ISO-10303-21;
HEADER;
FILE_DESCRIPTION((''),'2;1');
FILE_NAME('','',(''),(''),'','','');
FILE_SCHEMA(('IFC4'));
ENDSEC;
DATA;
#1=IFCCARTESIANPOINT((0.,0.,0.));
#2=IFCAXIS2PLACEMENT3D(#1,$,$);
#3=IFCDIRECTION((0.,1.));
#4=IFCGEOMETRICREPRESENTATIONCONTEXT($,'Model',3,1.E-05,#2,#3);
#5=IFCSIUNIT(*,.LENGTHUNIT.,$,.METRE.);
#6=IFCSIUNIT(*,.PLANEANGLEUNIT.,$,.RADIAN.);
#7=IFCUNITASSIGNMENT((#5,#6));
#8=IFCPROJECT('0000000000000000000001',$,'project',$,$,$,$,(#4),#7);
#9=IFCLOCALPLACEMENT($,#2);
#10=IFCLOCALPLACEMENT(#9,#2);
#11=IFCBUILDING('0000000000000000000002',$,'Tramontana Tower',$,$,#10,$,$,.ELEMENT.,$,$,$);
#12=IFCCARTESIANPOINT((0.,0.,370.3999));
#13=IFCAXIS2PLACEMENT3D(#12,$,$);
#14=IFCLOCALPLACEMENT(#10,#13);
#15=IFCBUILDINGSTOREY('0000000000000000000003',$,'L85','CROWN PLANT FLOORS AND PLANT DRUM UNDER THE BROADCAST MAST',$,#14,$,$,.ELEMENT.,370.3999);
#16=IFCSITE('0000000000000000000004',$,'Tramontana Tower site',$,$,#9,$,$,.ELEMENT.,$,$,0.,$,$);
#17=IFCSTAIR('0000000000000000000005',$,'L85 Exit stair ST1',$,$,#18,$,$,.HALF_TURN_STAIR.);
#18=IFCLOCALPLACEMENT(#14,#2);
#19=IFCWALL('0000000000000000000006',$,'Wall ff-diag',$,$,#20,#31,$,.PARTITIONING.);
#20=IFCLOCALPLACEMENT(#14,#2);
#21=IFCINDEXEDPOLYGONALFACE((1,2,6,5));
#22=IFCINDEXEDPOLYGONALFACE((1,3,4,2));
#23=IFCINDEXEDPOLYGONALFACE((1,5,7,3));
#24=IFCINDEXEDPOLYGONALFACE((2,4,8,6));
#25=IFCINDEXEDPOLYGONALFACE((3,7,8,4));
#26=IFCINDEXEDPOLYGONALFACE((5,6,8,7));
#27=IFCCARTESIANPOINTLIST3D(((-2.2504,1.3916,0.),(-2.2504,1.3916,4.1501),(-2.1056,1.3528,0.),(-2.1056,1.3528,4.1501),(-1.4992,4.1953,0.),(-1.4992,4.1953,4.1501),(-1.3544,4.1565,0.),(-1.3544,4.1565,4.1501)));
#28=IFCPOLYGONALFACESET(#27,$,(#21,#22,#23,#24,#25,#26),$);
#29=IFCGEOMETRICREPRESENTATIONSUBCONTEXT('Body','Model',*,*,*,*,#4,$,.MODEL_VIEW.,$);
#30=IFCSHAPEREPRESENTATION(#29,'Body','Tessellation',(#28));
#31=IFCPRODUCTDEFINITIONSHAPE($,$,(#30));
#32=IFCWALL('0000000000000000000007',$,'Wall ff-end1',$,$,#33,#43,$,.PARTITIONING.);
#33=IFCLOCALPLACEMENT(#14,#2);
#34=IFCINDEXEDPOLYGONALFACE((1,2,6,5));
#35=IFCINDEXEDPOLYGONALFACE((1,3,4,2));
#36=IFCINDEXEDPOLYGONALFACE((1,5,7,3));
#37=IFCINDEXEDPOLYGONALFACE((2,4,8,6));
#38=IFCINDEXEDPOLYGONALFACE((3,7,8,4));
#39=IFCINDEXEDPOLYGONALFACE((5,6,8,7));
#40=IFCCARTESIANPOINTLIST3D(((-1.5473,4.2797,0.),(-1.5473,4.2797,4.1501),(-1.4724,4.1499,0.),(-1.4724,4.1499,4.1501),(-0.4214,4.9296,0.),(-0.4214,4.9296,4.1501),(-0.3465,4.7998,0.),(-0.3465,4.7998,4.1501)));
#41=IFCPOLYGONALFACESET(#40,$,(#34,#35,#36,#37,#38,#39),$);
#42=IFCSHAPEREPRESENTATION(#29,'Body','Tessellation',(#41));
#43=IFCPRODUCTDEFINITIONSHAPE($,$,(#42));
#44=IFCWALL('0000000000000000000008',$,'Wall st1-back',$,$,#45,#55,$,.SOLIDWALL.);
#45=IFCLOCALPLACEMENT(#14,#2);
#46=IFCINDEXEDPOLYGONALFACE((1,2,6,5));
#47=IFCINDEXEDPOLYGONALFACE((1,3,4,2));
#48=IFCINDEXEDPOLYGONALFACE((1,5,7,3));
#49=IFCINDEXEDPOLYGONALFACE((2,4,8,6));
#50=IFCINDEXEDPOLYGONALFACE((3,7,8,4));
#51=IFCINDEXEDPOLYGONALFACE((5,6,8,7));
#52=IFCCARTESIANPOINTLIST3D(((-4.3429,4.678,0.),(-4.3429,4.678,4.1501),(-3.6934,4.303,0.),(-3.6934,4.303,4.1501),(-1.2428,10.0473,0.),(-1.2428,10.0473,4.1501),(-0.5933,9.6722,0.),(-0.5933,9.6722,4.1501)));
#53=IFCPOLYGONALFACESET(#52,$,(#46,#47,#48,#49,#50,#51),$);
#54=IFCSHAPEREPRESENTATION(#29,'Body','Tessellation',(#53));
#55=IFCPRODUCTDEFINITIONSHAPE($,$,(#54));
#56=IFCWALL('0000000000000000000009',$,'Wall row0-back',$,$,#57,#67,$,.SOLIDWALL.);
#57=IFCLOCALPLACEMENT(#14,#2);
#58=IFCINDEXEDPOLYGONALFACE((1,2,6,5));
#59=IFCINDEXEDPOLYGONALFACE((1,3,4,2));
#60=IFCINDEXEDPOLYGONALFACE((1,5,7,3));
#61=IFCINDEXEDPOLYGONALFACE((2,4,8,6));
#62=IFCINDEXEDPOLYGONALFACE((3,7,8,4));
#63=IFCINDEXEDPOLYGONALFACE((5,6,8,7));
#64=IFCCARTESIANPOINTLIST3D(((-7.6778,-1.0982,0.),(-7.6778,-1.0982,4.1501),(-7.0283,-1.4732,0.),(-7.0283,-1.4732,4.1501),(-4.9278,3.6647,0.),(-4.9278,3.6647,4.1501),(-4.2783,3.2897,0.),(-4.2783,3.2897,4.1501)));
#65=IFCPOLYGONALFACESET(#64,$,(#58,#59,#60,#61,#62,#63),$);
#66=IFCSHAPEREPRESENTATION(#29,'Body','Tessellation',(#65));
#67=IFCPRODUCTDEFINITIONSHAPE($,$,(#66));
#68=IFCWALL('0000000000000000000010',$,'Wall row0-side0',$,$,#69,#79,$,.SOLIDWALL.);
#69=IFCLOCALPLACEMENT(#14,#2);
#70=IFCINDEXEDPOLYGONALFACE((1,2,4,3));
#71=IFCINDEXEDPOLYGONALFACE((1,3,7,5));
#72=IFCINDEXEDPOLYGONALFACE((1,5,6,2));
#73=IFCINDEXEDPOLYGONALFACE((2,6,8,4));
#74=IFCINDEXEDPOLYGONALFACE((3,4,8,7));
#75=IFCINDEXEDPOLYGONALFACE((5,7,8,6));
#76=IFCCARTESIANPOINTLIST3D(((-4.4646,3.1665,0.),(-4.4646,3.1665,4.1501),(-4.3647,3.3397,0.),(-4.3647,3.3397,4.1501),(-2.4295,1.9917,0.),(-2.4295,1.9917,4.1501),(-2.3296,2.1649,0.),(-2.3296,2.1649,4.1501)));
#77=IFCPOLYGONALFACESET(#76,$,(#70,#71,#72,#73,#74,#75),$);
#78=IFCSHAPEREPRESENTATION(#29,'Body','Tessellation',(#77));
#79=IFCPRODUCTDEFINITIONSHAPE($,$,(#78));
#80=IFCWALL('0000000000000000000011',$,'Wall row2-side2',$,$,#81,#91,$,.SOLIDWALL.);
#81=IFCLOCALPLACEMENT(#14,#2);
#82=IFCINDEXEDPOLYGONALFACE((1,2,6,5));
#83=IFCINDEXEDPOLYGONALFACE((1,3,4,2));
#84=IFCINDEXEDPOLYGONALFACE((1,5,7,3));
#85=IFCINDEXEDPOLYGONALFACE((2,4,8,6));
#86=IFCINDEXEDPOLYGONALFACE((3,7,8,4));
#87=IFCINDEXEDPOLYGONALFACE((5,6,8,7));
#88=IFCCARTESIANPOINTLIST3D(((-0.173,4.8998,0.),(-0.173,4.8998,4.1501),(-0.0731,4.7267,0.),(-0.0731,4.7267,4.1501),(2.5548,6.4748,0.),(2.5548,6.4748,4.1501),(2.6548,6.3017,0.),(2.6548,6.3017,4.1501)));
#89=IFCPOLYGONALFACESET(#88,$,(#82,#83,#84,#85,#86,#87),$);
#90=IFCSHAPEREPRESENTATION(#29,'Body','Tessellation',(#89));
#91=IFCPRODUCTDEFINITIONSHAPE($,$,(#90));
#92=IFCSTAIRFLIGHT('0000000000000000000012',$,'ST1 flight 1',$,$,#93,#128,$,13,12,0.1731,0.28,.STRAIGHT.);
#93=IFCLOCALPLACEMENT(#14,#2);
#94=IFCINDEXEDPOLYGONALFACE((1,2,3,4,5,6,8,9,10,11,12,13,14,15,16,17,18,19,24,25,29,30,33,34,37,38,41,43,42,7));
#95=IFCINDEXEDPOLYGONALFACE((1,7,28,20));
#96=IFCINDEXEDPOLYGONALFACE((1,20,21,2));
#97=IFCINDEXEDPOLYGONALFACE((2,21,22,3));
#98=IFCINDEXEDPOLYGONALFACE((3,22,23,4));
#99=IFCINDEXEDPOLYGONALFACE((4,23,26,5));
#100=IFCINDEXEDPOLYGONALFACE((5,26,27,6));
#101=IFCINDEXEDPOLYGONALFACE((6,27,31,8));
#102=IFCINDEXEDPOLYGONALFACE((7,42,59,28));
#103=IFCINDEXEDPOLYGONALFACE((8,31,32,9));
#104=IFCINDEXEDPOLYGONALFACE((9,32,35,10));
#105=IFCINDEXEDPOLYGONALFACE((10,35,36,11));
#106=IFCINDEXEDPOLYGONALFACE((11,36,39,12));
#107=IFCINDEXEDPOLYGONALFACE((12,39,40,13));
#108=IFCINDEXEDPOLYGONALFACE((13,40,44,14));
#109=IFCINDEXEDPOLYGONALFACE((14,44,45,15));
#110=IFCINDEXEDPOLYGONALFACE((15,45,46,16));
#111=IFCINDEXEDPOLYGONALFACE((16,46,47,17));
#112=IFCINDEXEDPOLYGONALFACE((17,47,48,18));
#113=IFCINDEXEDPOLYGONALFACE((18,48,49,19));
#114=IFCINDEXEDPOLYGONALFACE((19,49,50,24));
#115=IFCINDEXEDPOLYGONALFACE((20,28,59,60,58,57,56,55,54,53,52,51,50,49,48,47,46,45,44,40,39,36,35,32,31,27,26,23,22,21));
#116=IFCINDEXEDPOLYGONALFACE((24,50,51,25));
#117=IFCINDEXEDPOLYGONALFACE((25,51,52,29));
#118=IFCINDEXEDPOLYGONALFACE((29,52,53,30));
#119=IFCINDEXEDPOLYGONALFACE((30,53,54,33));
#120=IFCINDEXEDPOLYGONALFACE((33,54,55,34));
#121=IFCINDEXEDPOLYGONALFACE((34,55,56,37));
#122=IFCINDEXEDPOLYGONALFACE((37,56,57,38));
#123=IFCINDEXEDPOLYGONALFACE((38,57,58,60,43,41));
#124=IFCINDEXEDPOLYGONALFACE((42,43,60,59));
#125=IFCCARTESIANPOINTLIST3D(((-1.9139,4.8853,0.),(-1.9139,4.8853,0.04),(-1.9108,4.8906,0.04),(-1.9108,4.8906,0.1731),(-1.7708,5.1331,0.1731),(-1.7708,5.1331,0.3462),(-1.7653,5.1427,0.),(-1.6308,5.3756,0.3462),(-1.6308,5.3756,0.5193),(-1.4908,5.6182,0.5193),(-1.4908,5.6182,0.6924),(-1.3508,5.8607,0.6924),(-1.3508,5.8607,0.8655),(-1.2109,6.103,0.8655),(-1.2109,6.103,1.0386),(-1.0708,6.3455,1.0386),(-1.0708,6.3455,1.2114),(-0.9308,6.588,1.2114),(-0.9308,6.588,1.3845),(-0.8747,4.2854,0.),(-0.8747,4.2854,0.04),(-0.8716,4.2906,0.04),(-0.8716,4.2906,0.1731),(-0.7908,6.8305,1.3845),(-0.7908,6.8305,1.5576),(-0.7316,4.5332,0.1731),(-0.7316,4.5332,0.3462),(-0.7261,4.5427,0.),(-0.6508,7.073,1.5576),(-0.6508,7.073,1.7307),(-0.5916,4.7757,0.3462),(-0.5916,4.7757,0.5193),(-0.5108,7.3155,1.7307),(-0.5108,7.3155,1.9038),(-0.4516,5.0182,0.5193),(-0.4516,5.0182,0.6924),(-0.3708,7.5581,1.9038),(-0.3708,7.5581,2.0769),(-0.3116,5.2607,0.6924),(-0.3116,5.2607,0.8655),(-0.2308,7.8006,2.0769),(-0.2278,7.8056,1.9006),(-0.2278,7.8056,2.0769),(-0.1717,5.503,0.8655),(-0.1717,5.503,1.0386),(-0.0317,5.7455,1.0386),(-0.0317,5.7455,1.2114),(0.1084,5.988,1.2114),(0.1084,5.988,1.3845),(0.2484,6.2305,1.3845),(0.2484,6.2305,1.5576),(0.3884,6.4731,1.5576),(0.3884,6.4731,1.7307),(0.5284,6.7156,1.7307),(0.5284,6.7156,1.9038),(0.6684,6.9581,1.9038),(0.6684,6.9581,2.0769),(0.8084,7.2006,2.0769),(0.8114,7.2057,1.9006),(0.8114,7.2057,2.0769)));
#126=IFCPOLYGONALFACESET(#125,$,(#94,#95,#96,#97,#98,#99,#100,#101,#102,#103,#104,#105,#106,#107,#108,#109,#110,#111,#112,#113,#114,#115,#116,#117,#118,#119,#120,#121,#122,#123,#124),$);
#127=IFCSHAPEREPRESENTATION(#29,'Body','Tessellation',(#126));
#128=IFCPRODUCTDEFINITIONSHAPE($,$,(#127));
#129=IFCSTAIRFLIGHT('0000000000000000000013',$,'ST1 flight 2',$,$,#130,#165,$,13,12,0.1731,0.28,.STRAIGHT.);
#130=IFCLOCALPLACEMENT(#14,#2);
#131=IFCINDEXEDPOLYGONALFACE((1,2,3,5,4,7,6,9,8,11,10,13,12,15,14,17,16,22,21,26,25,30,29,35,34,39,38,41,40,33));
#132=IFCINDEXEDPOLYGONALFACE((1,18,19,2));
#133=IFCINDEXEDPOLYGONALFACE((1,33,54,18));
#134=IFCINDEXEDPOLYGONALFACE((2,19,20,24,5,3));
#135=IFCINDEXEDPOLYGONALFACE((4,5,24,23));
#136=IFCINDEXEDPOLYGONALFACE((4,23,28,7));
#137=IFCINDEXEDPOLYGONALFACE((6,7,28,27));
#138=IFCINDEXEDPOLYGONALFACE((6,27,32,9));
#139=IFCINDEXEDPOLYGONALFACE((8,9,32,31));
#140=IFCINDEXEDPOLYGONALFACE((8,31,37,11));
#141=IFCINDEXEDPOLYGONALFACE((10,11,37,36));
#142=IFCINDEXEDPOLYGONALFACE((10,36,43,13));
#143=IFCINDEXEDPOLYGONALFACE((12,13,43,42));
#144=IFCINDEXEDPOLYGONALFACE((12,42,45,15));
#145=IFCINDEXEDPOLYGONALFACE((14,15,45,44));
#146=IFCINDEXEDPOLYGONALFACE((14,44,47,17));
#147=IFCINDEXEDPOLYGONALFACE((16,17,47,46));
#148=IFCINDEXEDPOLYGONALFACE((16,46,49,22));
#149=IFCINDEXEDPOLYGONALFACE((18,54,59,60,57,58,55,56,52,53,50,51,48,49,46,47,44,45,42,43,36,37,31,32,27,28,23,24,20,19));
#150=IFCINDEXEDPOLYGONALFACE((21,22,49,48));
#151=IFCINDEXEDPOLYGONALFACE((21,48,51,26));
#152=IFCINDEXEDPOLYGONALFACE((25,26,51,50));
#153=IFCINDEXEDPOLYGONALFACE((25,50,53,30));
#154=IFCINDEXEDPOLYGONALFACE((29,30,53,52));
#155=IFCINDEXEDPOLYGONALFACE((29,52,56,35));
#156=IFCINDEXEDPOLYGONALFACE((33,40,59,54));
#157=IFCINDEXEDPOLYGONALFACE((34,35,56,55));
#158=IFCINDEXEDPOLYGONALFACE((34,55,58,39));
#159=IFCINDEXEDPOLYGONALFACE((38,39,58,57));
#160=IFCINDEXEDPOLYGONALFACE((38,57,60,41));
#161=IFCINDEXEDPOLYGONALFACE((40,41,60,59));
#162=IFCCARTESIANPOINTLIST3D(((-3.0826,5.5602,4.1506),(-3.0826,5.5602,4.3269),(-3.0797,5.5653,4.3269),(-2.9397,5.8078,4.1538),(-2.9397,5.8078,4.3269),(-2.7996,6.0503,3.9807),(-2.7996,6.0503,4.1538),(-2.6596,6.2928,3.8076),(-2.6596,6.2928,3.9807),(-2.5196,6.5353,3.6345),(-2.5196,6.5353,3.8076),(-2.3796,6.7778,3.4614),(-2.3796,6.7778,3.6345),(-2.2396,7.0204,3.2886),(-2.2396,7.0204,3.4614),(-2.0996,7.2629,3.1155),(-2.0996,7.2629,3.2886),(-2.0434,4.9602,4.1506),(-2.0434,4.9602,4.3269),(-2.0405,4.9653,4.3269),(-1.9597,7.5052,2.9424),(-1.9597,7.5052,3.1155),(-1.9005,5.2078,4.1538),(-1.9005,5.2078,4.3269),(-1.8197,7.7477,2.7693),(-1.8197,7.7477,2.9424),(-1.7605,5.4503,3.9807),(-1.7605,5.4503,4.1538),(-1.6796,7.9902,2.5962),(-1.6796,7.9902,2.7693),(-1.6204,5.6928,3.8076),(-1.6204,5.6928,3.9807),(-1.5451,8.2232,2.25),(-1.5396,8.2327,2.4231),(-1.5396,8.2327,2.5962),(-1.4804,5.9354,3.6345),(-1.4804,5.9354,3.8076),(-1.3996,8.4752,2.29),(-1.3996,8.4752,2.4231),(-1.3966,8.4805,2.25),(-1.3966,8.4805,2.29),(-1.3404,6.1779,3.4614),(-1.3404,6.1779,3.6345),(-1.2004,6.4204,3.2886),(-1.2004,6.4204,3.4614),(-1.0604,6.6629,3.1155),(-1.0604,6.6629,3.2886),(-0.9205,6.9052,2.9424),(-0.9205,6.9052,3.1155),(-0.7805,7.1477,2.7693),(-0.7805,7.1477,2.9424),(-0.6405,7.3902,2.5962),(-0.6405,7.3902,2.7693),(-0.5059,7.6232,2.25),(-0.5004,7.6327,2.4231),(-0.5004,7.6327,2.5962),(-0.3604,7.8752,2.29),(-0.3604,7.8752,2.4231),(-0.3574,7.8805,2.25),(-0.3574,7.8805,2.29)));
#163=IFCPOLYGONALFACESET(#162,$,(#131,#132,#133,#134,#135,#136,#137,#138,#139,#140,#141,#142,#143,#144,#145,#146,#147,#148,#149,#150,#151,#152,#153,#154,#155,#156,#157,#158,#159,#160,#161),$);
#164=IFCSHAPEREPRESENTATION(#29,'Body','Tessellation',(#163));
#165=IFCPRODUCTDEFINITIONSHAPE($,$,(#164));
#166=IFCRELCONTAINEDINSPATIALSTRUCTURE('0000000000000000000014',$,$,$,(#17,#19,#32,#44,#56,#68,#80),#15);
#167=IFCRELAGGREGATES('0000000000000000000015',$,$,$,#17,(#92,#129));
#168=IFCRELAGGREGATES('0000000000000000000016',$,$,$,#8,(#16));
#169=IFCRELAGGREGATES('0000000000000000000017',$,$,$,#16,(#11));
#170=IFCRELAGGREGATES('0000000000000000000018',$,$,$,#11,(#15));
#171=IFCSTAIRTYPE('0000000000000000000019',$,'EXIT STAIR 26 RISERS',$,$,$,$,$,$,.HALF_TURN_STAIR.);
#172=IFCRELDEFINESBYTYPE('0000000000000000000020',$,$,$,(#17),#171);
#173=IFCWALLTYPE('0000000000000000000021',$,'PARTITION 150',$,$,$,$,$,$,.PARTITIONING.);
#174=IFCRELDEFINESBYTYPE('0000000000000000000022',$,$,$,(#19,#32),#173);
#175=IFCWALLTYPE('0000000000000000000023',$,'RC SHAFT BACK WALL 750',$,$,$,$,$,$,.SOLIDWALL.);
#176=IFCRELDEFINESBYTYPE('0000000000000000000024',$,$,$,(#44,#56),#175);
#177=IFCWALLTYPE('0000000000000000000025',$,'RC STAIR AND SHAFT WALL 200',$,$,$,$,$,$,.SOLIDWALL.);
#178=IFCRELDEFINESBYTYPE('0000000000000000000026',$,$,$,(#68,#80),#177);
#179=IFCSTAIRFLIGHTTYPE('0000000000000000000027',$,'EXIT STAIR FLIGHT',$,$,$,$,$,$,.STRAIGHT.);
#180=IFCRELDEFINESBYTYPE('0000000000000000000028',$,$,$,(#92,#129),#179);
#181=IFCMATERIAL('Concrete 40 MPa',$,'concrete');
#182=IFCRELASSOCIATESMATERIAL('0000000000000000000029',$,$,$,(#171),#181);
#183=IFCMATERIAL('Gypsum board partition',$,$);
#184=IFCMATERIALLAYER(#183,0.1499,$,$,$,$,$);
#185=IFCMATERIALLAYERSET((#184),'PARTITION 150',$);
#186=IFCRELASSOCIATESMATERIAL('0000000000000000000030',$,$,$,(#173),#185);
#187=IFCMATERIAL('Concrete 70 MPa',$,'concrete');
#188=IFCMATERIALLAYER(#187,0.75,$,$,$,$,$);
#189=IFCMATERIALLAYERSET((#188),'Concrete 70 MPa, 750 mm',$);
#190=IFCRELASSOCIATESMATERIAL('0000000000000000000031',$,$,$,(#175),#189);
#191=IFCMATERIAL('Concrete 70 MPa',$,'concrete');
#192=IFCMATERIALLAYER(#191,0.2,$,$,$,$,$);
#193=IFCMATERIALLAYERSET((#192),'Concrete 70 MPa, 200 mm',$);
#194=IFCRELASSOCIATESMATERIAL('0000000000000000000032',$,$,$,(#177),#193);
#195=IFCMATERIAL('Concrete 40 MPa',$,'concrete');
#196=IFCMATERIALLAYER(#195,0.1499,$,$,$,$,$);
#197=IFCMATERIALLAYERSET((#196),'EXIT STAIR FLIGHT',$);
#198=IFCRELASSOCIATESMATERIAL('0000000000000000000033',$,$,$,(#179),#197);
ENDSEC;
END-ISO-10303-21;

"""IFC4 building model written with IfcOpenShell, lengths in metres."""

from ifc_helpers import new_model, si_unit, direction, frame, frame_2d, origin, place, context, subcontext, project, spatial, polyline, rectangle, outline, extrude, material, layer, layer_set, type_object, element, aggregate, save


model = new_model("IFC4")

# Units and contexts
model_context = context("Model", 3, precision=1e-05, world=origin(), true_north=direction((0.0, 1.0)))
body_context = subcontext(model_context, "Body", "Model", "MODEL_VIEW")
ifc_project = project(units=[si_unit("LENGTHUNIT", "METRE"), si_unit("PLANEANGLEUNIT", "RADIAN")], contexts=[model_context])

# Site, building, storey
site_placement = place(None, origin())
site = spatial("IfcSite", under=ifc_project, at=site_placement, Name="Tramontana Tower site", CompositionType="ELEMENT", RefElevation=0.0)
building_placement = place(site_placement, origin())
building = spatial("IfcBuilding", under=site, at=building_placement, Name="Tramontana Tower", CompositionType="ELEMENT")
storey_placement = place(building_placement, frame((0.0, 0.0, 370.3999)))
storey = spatial("IfcBuildingStorey", under=building, at=storey_placement, Name="L85", Description="CROWN PLANT FLOORS AND PLANT DRUM UNDER THE BROADCAST MAST", CompositionType="ELEMENT", Elevation=370.3999)

# Stair
ifc_material_1 = material(Name="Concrete 40 MPa", Category="concrete")
stair_type = type_object("IfcStairType", Name="EXIT STAIR 26 RISERS", PredefinedType="HALF_TURN_STAIR", material=ifc_material_1)
stair_1_placement = place(storey_placement, origin())
stair_1 = element("IfcStair", 1, at=stair_1_placement, inside=storey, type_object=stair_type, Name="L85 Exit stair ST1", PredefinedType="HALF_TURN_STAIR")

# Walls
ifc_material_2 = material(Name="Gypsum board partition")
ifc_layer_1 = layer(ifc_material_2, 0.1499)
ifc_layer_set_1 = layer_set([ifc_layer_1], Name="PARTITION 150")
wall_type_1 = type_object("IfcWallType", Name="PARTITION 150", PredefinedType="PARTITIONING", material=ifc_layer_set_1)
wall_1_placement = place(storey_placement, frame((-2.178, 1.3723, 0.0), z_axis=(0.0, 0.0, 1.0), x_axis=(0.258809, 0.965929, 0.0)))
element("IfcWall", 2, at=wall_1_placement, inside=storey, type_object=wall_type_1, Name="Wall ff-diag", PredefinedType="PARTITIONING", context=body_context, shape_type="SweptSolid", body=[
    extrude(rectangle(XDim=2.9026, YDim=0.1499, at=frame_2d((1.4512, 0.0))), origin(), (0.0, 0.0, 1.0), 4.1501),
])
wall_2_placement = place(storey_placement, frame((-1.5098, 4.2148, 0.0), z_axis=(0.0, 0.0, 1.0), x_axis=(0.866086, 0.499896, 0.0)))
element("IfcWall", 3, at=wall_2_placement, inside=storey, type_object=wall_type_1, Name="Wall ff-end1", PredefinedType="PARTITIONING", context=body_context, shape_type="SweptSolid", body=[
    extrude(rectangle(XDim=1.3, YDim=0.1499, at=frame_2d((0.6499, 0.0))), origin(), (0.0, 0.0, 1.0), 4.1501),
])
ifc_material_3 = material(Name="Concrete 70 MPa", Category="concrete")
ifc_layer_2 = layer(ifc_material_3, 0.75)
ifc_layer_set_2 = layer_set([ifc_layer_2], Name="Concrete 70 MPa, 750 mm")
wall_type_2 = type_object("IfcWallType", Name="RC SHAFT BACK WALL 750", PredefinedType="SOLIDWALL", material=ifc_layer_set_2)
wall_3_placement = place(storey_placement, frame((-0.918, 9.8599, 0.0), z_axis=(0.0, 0.0, 1.0), x_axis=(-0.500027, -0.86601, 0.0)))
element("IfcWall", 4, at=wall_3_placement, inside=storey, type_object=wall_type_2, Name="Wall st1-back", PredefinedType="SOLIDWALL", context=body_context, shape_type="SweptSolid", body=[
    extrude(rectangle(XDim=6.2, YDim=0.75, at=frame_2d((3.1001, 0.0))), origin(), (0.0, 0.0, 1.0), 4.1501),
])
wall_4_placement = place(storey_placement, frame((-4.603, 3.4773, 0.0), z_axis=(0.0, 0.0, 1.0), x_axis=(-0.500016, -0.866016, 0.0)))
element("IfcWall", 5, at=wall_4_placement, inside=storey, type_object=wall_type_2, Name="Wall row0-back", PredefinedType="SOLIDWALL", context=body_context, shape_type="SweptSolid", body=[
    extrude(rectangle(XDim=5.4998, YDim=0.75, at=frame_2d((2.75, 0.0))), origin(), (0.0, 0.0, 1.0), 4.1501),
])

# Shared definitions
ifc_material_4 = material(Name="Concrete 70 MPa", Category="concrete")
ifc_layer_3 = layer(ifc_material_4, 0.2)
ifc_layer_set_3 = layer_set([ifc_layer_3], Name="Concrete 70 MPa, 200 mm")
wall_type_3 = type_object("IfcWallType", Name="RC STAIR AND SHAFT WALL 200", PredefinedType="SOLIDWALL", material=ifc_layer_set_3)

# Walls
wall_5_placement = place(storey_placement, frame((-2.3796, 2.0784, 0.0), z_axis=(0.0, 0.0, 1.0), x_axis=(-0.866061, 0.499938, 0.0)))
element("IfcWall", 6, at=wall_5_placement, inside=storey, type_object=wall_type_3, Name="Wall row0-side0", PredefinedType="SOLIDWALL", context=body_context, shape_type="SweptSolid", body=[
    extrude(rectangle(XDim=2.3499, YDim=0.2, at=frame_2d((1.1748, 0.0))), origin(), (0.0, 0.0, 1.0), 4.1501),
])
wall_6_placement = place(storey_placement, frame((-0.123, 4.8132, 0.0), z_axis=(0.0, 0.0, 1.0), x_axis=(0.866016, 0.500015, 0.0)))
element("IfcWall", 7, at=wall_6_placement, inside=storey, type_object=wall_type_3, Name="Wall row2-side2", PredefinedType="SOLIDWALL", context=body_context, shape_type="SweptSolid", body=[
    extrude(rectangle(XDim=3.1499, YDim=0.2, at=frame_2d((1.575, 0.0))), origin(), (0.0, 0.0, 1.0), 4.1501),
])

# Stair flights
ifc_material_5 = material(Name="Concrete 40 MPa", Category="concrete")
ifc_layer_4 = layer(ifc_material_5, 0.1499)
ifc_layer_set_4 = layer_set([ifc_layer_4], Name="EXIT STAIR FLIGHT")
stair_flight_type = type_object("IfcStairFlightType", Name="EXIT STAIR FLIGHT", PredefinedType="STRAIGHT", material=ifc_layer_set_4)
stair_flight_1_placement = place(storey_placement, frame((-1.3911, 4.5906, 0.0), z_axis=(0.0, 0.0, 1.0), x_axis=(0.5, 0.866025, 0.0)))
stair_flight_1 = element("IfcStairFlight", 8, at=stair_flight_1_placement, type_object=stair_flight_type, Name="ST1 flight 1", NumberOfRisers=13, NumberOfTreads=12, PredefinedType="STRAIGHT", RiserHeight=0.1731, TreadLength=0.28, context=body_context, shape_type="SweptSolid", body=[
    extrude(outline(polyline([(-0.0061, 0.0), (-0.0061, 0.04), (0.0, 0.04), (0.0, 0.1731), (0.28, 0.1731), (0.28, 0.3462), (0.5601, 0.3462), (0.5601, 0.5193), (0.8401, 0.5193), (0.8401, 0.6924), (1.1201, 0.6924), (1.1201, 0.8655), (1.3999, 0.8655), (1.3999, 1.0386), (1.6799, 1.0386), (1.6799, 1.2114), (1.96, 1.2114), (1.96, 1.3845), (2.24, 1.3845), (2.24, 1.5576), (2.52, 1.5576), (2.52, 1.7307), (2.8, 1.7307), (2.8, 1.9038), (3.0801, 1.9038), (3.0801, 2.0769), (3.3601, 2.0769), (3.366, 2.0769), (3.366, 1.9006), (0.291, 0.0), (-0.0061, 0.0)])), frame((0.0, 0.6001, 0.0), z_axis=(0.0, -1.0, 0.0), x_axis=(1.0, 0.0, 0.0)), (0.0, 0.0, 1.0), 1.2),
])
stair_flight_2_placement = place(storey_placement, frame((-0.8801, 8.1753, 2.25), z_axis=(0.0, 0.0, 1.0), x_axis=(-0.5, -0.866025, 0.0)))
stair_flight_2 = element("IfcStairFlight", 9, at=stair_flight_2_placement, type_object=stair_flight_type, Name="ST1 flight 2", NumberOfRisers=13, NumberOfTreads=12, PredefinedType="STRAIGHT", RiserHeight=0.1731, TreadLength=0.28, context=body_context, shape_type="SweptSolid", body=[
    extrude(outline(polyline([(-0.0061, 0.0), (-0.0061, 0.04), (0.0, 0.04), (0.0, 0.1731), (0.28, 0.1731), (0.28, 0.3462), (0.5601, 0.3462), (0.5601, 0.5193), (0.8401, 0.5193), (0.8401, 0.6924), (1.1201, 0.6924), (1.1201, 0.8655), (1.3999, 0.8655), (1.3999, 1.0386), (1.6799, 1.0386), (1.6799, 1.2114), (1.96, 1.2114), (1.96, 1.3845), (2.24, 1.3845), (2.24, 1.5576), (2.52, 1.5576), (2.52, 1.7307), (2.8, 1.7307), (2.8, 1.9038), (3.0801, 1.9038), (3.0801, 2.0769), (3.3601, 2.0769), (3.366, 2.0769), (3.366, 1.9006), (0.291, 0.0), (-0.0061, 0.0)])), frame((0.0, 0.6001, 0.0), z_axis=(0.0, -1.0, 0.0), x_axis=(1.0, 0.0, 0.0)), (0.0, 0.0, 1.0), 1.2),
])
aggregate(stair_1, [stair_flight_1, stair_flight_2])

save(model, "model.ifc")
